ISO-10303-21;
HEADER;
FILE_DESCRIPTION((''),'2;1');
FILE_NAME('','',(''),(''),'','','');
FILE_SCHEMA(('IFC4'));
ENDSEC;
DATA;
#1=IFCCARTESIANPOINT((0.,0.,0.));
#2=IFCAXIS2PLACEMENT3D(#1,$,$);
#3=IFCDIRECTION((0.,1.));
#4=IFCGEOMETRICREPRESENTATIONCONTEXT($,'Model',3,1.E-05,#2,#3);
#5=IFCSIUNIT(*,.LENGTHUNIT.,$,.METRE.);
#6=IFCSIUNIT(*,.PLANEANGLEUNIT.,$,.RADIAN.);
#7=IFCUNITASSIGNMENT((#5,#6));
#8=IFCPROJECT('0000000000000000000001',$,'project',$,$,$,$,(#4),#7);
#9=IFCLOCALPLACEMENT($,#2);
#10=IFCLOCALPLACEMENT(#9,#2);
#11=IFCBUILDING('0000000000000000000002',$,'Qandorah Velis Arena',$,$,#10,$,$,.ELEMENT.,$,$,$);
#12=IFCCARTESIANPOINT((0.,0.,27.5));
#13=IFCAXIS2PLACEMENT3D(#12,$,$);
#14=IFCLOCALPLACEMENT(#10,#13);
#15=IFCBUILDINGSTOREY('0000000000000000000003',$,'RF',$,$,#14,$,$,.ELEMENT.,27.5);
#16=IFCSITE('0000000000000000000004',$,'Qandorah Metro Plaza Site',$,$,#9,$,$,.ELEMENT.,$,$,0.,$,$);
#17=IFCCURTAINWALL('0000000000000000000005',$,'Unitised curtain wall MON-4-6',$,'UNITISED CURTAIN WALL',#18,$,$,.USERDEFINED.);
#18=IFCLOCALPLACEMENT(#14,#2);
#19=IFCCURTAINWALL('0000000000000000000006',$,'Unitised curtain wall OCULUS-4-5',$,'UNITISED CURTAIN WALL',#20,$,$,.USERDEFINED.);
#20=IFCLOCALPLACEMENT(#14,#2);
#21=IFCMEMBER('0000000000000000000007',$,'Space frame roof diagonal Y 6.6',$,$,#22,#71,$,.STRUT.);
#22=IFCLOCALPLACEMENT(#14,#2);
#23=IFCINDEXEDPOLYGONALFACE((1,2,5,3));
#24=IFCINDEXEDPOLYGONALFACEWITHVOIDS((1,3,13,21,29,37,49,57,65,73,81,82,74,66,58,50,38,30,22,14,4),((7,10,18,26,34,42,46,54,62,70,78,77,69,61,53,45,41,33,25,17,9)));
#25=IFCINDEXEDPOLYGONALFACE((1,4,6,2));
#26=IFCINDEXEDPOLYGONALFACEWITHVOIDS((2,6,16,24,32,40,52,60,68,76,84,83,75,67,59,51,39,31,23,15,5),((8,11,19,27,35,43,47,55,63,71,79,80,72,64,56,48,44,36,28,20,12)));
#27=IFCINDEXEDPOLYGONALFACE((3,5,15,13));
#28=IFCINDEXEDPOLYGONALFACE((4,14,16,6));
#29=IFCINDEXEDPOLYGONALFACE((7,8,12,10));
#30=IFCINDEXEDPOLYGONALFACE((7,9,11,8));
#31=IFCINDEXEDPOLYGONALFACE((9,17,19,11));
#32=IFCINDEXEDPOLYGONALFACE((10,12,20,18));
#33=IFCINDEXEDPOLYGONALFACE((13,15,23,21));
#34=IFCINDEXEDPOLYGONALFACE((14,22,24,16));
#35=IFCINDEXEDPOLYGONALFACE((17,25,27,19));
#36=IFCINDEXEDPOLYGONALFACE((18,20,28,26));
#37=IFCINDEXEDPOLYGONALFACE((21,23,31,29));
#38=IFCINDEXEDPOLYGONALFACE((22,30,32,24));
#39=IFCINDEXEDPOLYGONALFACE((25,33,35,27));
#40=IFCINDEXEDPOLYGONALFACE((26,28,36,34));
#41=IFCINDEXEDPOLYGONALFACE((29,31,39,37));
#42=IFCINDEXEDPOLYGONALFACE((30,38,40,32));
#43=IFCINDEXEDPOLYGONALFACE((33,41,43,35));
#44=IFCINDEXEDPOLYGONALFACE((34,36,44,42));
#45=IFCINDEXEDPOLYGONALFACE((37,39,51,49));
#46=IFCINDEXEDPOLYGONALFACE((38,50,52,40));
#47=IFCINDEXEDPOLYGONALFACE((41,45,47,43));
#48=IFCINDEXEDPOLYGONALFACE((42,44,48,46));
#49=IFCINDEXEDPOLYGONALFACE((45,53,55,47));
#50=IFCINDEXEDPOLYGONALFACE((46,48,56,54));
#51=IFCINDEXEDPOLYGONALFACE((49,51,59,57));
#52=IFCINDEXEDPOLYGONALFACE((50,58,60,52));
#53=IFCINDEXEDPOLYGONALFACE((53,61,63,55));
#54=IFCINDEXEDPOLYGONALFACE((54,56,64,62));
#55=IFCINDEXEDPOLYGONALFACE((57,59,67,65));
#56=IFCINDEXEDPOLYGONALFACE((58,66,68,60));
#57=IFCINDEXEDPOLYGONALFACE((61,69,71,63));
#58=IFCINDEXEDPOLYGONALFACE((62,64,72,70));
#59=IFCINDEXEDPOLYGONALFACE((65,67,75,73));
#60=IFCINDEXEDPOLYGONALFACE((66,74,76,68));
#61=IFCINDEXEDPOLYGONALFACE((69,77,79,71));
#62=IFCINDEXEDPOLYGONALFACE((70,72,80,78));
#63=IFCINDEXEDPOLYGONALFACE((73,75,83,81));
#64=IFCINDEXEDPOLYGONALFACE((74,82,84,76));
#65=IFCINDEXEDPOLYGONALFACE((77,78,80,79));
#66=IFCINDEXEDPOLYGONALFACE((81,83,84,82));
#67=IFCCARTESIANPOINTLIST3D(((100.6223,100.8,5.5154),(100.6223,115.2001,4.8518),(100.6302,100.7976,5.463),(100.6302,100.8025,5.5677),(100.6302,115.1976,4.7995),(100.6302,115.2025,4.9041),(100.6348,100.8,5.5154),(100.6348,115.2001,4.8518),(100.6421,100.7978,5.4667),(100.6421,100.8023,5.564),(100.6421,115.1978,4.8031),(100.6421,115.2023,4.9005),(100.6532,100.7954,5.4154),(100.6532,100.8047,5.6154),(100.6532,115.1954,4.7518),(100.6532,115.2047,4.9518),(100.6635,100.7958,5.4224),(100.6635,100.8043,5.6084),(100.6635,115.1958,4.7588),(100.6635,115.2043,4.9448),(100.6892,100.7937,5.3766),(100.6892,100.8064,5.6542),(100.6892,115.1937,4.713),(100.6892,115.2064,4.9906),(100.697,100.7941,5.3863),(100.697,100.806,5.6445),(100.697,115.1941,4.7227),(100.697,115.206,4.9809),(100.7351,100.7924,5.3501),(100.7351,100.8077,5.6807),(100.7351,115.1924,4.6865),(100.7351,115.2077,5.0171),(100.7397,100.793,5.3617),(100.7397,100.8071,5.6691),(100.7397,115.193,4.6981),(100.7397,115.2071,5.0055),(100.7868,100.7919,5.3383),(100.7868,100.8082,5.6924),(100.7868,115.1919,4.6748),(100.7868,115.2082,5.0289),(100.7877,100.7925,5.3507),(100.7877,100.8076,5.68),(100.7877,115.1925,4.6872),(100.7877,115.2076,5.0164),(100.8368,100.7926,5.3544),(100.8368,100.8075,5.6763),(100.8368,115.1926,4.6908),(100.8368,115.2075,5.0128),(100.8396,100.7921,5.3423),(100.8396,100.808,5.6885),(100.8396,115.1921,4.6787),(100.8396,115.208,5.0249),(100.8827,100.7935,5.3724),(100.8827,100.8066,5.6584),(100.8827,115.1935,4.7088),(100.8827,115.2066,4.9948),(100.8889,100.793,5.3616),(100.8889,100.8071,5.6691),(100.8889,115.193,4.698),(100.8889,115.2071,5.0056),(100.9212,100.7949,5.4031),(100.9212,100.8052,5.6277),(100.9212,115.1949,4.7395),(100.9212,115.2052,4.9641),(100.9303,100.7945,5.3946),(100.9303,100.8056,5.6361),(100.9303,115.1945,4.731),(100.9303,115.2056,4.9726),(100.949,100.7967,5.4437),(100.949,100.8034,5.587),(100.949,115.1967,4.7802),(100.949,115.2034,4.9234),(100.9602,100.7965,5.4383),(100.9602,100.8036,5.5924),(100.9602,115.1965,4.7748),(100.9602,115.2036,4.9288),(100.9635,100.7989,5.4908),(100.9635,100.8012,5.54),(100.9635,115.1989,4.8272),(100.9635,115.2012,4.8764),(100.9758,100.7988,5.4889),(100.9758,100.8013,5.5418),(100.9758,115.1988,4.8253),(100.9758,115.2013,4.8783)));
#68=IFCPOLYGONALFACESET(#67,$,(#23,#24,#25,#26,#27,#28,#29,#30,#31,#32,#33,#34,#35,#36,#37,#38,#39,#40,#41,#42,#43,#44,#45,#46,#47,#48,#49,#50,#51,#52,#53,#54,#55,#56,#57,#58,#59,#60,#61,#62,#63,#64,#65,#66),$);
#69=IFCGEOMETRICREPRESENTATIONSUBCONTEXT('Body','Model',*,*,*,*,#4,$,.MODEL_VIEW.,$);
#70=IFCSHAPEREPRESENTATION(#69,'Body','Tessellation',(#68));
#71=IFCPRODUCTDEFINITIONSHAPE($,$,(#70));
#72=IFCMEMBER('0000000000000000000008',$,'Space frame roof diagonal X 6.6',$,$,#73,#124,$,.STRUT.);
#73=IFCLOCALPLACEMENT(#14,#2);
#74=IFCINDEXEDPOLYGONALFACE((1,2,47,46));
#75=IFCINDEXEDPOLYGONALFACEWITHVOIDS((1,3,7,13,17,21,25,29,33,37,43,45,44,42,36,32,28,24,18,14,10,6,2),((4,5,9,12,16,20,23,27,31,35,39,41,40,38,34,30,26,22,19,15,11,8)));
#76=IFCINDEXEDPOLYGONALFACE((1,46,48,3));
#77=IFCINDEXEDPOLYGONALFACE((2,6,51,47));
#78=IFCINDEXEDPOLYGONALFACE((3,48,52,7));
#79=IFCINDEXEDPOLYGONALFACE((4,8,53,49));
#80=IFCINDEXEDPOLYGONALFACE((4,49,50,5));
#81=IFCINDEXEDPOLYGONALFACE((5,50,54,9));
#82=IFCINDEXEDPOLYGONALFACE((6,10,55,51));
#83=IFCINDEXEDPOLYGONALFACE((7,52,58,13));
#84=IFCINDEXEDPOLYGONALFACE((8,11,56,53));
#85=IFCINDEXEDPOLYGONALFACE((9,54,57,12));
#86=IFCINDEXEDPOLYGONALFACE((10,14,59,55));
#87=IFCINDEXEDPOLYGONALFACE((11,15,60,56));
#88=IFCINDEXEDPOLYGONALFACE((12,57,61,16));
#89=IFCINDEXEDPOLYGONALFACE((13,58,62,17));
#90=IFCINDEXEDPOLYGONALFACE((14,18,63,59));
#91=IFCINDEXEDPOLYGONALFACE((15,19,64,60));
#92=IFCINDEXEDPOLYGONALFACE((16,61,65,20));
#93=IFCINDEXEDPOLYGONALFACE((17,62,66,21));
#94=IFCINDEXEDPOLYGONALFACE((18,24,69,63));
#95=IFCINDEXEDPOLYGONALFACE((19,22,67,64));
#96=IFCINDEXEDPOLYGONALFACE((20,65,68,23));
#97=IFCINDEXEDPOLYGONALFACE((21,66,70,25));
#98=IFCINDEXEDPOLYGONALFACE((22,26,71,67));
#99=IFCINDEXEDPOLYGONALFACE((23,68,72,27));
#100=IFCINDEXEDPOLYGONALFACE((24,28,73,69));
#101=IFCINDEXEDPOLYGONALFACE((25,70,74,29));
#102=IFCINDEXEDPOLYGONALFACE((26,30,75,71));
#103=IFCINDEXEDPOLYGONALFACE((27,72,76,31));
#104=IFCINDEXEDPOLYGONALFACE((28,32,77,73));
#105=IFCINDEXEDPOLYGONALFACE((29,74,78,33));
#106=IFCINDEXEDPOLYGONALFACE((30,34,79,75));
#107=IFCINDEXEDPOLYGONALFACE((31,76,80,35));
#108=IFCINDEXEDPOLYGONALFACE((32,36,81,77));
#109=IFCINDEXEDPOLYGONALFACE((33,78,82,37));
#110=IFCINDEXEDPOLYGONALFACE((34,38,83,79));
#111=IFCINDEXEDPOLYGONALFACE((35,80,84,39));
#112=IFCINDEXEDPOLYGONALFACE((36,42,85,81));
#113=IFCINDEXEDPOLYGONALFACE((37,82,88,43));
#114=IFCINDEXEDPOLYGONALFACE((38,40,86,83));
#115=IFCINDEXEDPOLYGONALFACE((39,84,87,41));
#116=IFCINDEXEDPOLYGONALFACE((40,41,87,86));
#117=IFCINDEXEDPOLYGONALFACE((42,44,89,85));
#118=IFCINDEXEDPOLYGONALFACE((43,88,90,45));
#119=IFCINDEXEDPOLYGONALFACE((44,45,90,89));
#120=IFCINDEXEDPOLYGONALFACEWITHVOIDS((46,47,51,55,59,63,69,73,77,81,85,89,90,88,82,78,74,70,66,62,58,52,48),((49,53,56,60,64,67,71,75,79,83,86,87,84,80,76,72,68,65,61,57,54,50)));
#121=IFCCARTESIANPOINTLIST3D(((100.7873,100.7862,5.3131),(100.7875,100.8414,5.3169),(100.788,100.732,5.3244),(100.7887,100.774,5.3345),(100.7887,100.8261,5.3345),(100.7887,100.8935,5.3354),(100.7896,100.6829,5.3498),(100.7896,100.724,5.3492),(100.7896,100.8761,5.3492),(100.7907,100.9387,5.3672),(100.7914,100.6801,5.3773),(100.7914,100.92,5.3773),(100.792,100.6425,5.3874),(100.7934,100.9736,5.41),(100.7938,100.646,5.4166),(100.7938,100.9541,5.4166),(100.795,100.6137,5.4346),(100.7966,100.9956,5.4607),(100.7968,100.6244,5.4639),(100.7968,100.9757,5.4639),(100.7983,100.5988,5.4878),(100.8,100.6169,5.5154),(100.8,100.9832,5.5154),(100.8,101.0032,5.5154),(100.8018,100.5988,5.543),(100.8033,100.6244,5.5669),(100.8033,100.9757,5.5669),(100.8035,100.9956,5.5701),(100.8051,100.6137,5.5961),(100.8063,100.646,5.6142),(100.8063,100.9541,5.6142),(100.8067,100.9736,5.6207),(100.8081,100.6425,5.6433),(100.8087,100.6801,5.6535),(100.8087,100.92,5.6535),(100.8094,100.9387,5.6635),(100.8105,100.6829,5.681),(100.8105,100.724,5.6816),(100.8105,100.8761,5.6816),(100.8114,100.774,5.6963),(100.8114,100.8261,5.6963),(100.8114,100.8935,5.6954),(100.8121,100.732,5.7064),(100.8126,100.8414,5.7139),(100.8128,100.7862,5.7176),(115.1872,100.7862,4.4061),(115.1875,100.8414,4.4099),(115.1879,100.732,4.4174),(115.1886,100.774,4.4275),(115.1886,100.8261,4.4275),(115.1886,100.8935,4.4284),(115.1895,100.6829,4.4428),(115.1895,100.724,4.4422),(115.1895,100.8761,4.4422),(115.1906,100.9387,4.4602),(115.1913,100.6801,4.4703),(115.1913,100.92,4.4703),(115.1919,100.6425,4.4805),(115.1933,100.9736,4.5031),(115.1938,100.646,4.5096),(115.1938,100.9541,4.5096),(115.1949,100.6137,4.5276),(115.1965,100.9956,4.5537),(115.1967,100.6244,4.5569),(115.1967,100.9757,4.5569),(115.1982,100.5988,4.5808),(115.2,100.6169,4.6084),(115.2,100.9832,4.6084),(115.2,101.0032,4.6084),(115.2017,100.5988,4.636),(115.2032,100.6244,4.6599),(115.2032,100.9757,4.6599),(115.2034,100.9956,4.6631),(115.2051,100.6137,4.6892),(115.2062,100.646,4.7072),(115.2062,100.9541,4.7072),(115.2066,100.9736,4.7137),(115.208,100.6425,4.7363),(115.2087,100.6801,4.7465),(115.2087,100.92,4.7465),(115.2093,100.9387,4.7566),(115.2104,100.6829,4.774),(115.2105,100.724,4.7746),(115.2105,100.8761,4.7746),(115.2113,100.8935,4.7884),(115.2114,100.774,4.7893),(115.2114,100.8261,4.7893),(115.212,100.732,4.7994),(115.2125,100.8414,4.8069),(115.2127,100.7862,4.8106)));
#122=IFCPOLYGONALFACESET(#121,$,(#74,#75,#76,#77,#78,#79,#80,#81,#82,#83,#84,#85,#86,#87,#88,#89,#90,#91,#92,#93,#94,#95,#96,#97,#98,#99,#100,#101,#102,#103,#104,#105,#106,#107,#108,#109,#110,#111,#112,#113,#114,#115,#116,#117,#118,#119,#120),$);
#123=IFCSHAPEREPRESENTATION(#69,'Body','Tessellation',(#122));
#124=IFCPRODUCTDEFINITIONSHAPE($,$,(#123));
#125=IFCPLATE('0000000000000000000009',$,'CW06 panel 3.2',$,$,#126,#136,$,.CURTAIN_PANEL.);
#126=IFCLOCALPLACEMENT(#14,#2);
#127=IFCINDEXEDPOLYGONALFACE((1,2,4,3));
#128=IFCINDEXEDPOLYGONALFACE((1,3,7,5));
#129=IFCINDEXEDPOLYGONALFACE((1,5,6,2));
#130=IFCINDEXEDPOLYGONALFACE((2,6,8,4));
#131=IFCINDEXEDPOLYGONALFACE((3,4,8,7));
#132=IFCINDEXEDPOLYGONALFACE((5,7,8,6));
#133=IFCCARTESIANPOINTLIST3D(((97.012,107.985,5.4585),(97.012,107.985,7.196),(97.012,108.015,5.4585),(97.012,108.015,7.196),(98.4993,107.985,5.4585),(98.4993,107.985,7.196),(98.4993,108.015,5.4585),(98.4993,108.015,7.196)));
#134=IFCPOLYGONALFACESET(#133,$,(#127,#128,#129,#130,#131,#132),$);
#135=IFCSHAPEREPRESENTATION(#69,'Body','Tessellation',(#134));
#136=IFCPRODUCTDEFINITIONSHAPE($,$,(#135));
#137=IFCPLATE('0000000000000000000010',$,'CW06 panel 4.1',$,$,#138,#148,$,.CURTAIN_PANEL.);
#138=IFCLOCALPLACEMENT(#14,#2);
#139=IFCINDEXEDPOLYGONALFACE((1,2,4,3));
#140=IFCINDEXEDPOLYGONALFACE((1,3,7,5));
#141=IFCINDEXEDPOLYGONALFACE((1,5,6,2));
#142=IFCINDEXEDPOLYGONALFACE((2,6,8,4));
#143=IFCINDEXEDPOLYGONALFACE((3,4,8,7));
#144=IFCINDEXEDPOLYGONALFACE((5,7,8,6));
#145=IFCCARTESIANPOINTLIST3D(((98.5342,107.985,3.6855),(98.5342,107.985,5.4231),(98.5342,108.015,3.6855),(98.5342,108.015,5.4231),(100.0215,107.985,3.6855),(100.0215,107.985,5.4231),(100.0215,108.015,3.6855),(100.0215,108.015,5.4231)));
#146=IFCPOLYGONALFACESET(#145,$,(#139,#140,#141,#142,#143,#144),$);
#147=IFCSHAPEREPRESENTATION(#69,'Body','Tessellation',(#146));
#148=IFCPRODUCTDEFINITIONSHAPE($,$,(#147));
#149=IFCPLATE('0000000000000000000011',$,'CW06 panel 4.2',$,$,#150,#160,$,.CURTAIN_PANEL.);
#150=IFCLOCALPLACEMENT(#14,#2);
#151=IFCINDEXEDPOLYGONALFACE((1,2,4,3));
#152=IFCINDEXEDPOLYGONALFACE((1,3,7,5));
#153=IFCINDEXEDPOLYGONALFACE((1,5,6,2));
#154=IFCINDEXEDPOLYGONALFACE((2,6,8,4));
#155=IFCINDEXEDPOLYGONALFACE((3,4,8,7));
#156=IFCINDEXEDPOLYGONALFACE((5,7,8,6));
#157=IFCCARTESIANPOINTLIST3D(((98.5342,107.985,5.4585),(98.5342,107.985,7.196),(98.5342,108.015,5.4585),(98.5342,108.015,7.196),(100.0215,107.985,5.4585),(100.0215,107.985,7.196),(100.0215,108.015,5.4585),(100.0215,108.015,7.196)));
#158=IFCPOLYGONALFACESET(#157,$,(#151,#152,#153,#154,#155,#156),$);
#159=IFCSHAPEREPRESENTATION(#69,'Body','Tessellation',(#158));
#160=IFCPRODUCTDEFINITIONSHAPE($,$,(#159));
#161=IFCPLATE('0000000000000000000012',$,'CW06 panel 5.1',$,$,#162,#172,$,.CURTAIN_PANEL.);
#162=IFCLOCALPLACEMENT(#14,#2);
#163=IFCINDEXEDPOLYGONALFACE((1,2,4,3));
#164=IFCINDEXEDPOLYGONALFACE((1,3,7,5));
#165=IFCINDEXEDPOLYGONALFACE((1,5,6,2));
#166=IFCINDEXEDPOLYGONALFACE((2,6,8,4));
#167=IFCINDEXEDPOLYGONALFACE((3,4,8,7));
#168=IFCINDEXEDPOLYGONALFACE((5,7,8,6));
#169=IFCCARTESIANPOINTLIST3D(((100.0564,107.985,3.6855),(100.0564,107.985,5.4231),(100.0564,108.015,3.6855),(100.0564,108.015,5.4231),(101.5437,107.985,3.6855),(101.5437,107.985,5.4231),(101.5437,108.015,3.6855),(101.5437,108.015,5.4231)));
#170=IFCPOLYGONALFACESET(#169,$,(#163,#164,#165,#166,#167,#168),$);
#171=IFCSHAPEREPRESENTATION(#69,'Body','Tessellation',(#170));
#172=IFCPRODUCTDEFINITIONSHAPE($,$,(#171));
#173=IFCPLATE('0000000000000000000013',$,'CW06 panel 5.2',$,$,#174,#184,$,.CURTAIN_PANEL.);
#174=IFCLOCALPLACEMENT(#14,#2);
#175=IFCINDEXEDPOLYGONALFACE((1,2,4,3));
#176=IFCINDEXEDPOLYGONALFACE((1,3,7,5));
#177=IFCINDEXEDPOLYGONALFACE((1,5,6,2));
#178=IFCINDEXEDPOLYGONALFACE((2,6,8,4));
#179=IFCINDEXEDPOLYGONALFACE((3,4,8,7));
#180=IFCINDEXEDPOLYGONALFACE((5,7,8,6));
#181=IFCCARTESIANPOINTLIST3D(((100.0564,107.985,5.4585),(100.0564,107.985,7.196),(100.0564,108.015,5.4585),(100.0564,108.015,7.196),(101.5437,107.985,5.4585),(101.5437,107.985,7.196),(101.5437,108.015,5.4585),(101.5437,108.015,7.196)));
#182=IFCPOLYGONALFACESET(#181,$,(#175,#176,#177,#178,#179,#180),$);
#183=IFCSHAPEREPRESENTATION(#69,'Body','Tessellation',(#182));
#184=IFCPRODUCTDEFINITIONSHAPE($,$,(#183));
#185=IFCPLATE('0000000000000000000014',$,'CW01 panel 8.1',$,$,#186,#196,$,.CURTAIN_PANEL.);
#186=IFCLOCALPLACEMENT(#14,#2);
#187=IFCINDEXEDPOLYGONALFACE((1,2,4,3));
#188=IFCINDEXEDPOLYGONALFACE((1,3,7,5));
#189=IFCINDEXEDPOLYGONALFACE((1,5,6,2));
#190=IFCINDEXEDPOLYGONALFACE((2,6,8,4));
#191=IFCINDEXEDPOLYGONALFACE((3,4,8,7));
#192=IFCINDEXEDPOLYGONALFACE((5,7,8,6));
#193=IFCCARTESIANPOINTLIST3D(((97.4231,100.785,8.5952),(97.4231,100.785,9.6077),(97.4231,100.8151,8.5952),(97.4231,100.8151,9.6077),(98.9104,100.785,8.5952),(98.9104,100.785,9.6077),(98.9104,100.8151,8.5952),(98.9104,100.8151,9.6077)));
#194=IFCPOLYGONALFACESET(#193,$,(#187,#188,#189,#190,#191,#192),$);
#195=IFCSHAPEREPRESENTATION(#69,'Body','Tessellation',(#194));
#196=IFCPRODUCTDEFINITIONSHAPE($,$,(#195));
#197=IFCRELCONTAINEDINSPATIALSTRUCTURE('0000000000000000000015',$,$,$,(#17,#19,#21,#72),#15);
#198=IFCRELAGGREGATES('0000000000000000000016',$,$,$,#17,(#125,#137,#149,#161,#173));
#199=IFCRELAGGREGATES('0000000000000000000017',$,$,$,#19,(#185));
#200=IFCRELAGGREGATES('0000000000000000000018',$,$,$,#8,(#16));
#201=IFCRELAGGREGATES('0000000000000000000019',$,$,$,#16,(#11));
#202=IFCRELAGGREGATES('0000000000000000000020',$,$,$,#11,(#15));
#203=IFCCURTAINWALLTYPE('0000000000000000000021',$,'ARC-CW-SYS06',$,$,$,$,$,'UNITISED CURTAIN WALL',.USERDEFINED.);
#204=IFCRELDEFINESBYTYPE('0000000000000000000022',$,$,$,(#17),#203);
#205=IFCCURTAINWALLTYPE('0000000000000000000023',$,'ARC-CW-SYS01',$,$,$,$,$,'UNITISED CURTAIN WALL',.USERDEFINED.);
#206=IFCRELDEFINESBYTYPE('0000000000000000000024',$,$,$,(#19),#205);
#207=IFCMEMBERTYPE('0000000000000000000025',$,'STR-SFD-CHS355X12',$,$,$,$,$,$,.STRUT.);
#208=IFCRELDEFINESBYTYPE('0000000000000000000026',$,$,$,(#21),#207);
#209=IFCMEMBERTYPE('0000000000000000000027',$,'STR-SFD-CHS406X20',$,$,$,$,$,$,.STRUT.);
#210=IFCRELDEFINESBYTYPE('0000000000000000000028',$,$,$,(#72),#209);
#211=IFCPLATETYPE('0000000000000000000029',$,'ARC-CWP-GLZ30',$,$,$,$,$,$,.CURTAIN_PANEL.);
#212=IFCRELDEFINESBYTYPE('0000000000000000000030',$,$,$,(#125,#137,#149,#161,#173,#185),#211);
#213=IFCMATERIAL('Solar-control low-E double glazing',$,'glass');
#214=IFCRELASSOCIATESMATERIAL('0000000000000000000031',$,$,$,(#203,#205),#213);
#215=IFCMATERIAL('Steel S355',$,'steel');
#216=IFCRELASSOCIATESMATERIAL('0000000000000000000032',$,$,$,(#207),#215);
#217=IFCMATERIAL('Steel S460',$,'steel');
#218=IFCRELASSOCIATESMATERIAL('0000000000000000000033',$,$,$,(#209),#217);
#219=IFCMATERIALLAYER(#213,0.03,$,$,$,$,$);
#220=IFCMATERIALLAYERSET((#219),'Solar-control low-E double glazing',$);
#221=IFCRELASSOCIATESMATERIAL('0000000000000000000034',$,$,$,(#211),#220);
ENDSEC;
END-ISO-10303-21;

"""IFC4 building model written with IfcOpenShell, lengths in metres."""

from ifc_helpers import new_model, si_unit, direction, frame, origin, origin_2d, place, context, subcontext, project, spatial, rectangle, hollow_circle, extrude, material, layer, layer_set, material_profile, profile_set, type_object, element, aggregate, save


model = new_model("IFC4")

# Units and contexts
model_context = context("Model", 3, precision=1e-05, world=origin(), true_north=direction((0.0, 1.0)))
body_context = subcontext(model_context, "Body", "Model", "MODEL_VIEW")
ifc_project = project(units=[si_unit("LENGTHUNIT", "METRE"), si_unit("PLANEANGLEUNIT", "RADIAN")], contexts=[model_context])

# Site, building, storey
site_placement = place(None, origin())
site = spatial("IfcSite", under=ifc_project, at=site_placement, Name="Qandorah Metro Plaza Site", CompositionType="ELEMENT", RefElevation=0.0)
building_placement = place(site_placement, origin())
building = spatial("IfcBuilding", under=site, at=building_placement, Name="Qandorah Velis Arena", CompositionType="ELEMENT")
storey_placement = place(building_placement, frame((0.0, 0.0, 27.5)))
storey = spatial("IfcBuildingStorey", under=building, at=storey_placement, Name="RF", CompositionType="ELEMENT", Elevation=27.5)

# Curtain walls
ifc_material_1 = material(Name="Solar-control low-E double glazing", Category="glass")
curtain_wall_type_1 = type_object("IfcCurtainWallType", Name="ARC-CW-SYS06", ElementType="UNITISED CURTAIN WALL", PredefinedType="USERDEFINED", material=ifc_material_1)
curtain_wall_1_placement = place(storey_placement, origin())
curtain_wall_1 = element("IfcCurtainWall", 1, at=curtain_wall_1_placement, inside=storey, type_object=curtain_wall_type_1, Name="Unitised curtain wall MON-4-6", ObjectType="UNITISED CURTAIN WALL", PredefinedType="USERDEFINED")
curtain_wall_type_2 = type_object("IfcCurtainWallType", Name="ARC-CW-SYS01", ElementType="UNITISED CURTAIN WALL", PredefinedType="USERDEFINED", material=ifc_material_1)
curtain_wall_2_placement = place(storey_placement, origin())
curtain_wall_2 = element("IfcCurtainWall", 2, at=curtain_wall_2_placement, inside=storey, type_object=curtain_wall_type_2, Name="Unitised curtain wall OCULUS-4-5", ObjectType="UNITISED CURTAIN WALL", PredefinedType="USERDEFINED")

# Shared definitions
ifc_material_2 = material(Name="Steel S355", Category="steel")

# Members
ifc_material_profile_1 = material_profile(ifc_material_2, hollow_circle(Radius=0.1777, WallThickness=0.0125, at=origin_2d()), Name="CHS 355.6x12.5")
ifc_profile_set_1 = profile_set([ifc_material_profile_1], Name="Steel S355")
member_type_1 = type_object("IfcMemberType", Name="STR-SFD-CHS355X12", PredefinedType="STRUT", material=ifc_profile_set_1)
member_1_placement = place(storey_placement, frame((100.8, 100.8, 5.5154), z_axis=(0.0, 0.99894, -0.046033), x_axis=(-1.0, 0.0, 0.0)))
element("IfcMember", 3, at=member_1_placement, inside=storey, type_object=member_type_1, Name="Space frame roof diagonal Y 6.6", PredefinedType="STRUT", context=body_context, shape_type="SweptSolid", body=[
    extrude(hollow_circle(Radius=0.1777, WallThickness=0.0125, at=origin_2d()), origin(), (0.0, 0.0, 1.0), 14.4153),
])
ifc_material_3 = material(Name="Steel S460", Category="steel")
ifc_material_profile_2 = material_profile(ifc_material_3, hollow_circle(Radius=0.2031, WallThickness=0.02, at=origin_2d()), Name="CHS 406.4x20")
ifc_profile_set_2 = profile_set([ifc_material_profile_2], Name="Steel S460")
member_type_2 = type_object("IfcMemberType", Name="STR-SFD-CHS406X20", PredefinedType="STRUT", material=ifc_profile_set_2)
member_2_placement = place(storey_placement, frame((100.8, 100.8, 5.5154), z_axis=(0.998022, 0.0, -0.062861), x_axis=(0.0, 1.0, 0.0)))
element("IfcMember", 4, at=member_2_placement, inside=storey, type_object=member_type_2, Name="Space frame roof diagonal X 6.6", PredefinedType="STRUT", context=body_context, shape_type="SweptSolid", body=[
    extrude(hollow_circle(Radius=0.2031, WallThickness=0.02, at=origin_2d()), origin(), (0.0, 0.0, 1.0), 14.4285),
])

# Plates
ifc_layer_1 = layer(ifc_material_1, 0.03)
ifc_layer_set_1 = layer_set([ifc_layer_1], Name="Solar-control low-E double glazing")
plate_type_1 = type_object("IfcPlateType", Name="ARC-CWP-GLZ30", PredefinedType="CURTAIN_PANEL", material=ifc_layer_set_1)
plate_1_placement = place(storey_placement, frame((97.7556, 108.0, 5.4585), z_axis=(0.0, 0.0, 1.0), x_axis=(1.0, 0.0, 0.0)))
plate_1 = element("IfcPlate", 5, at=plate_1_placement, type_object=plate_type_1, Name="CW06 panel 3.2", PredefinedType="CURTAIN_PANEL", context=body_context, shape_type="SweptSolid", body=[
    extrude(rectangle(XDim=1.4873, YDim=0.03, at=origin_2d()), origin(), (0.0, 0.0, 1.0), 1.7375),
])
plate_2_placement = place(storey_placement, frame((99.2778, 108.0, 3.6855), z_axis=(0.0, 0.0, 1.0), x_axis=(1.0, 0.0, 0.0)))
plate_2 = element("IfcPlate", 6, at=plate_2_placement, type_object=plate_type_1, Name="CW06 panel 4.1", PredefinedType="CURTAIN_PANEL", context=body_context, shape_type="SweptSolid", body=[
    extrude(rectangle(XDim=1.4873, YDim=0.03, at=origin_2d()), origin(), (0.0, 0.0, 1.0), 1.7375),
])
plate_3_placement = place(storey_placement, frame((99.2778, 108.0, 5.4585), z_axis=(0.0, 0.0, 1.0), x_axis=(1.0, 0.0, 0.0)))
plate_3 = element("IfcPlate", 7, at=plate_3_placement, type_object=plate_type_1, Name="CW06 panel 4.2", PredefinedType="CURTAIN_PANEL", context=body_context, shape_type="SweptSolid", body=[
    extrude(rectangle(XDim=1.4873, YDim=0.03, at=origin_2d()), origin(), (0.0, 0.0, 1.0), 1.7375),
])
plate_4_placement = place(storey_placement, frame((100.8, 108.0, 3.6855), z_axis=(0.0, 0.0, 1.0), x_axis=(1.0, 0.0, 0.0)))
plate_4 = element("IfcPlate", 8, at=plate_4_placement, type_object=plate_type_1, Name="CW06 panel 5.1", PredefinedType="CURTAIN_PANEL", context=body_context, shape_type="SweptSolid", body=[
    extrude(rectangle(XDim=1.4873, YDim=0.03, at=origin_2d()), origin(), (0.0, 0.0, 1.0), 1.7375),
])
plate_5_placement = place(storey_placement, frame((100.8, 108.0, 5.4585), z_axis=(0.0, 0.0, 1.0), x_axis=(1.0, 0.0, 0.0)))
plate_5 = element("IfcPlate", 9, at=plate_5_placement, type_object=plate_type_1, Name="CW06 panel 5.2", PredefinedType="CURTAIN_PANEL", context=body_context, shape_type="SweptSolid", body=[
    extrude(rectangle(XDim=1.4873, YDim=0.03, at=origin_2d()), origin(), (0.0, 0.0, 1.0), 1.7375),
])
aggregate(curtain_wall_1, [plate_1, plate_2, plate_3, plate_4, plate_5])
plate_6_placement = place(storey_placement, frame((98.1667, 100.8, 8.5952), z_axis=(0.0, 0.0, 1.0), x_axis=(1.0, 0.0, 0.0)))
plate_6 = element("IfcPlate", 10, at=plate_6_placement, type_object=plate_type_1, Name="CW01 panel 8.1", PredefinedType="CURTAIN_PANEL", context=body_context, shape_type="SweptSolid", body=[
    extrude(rectangle(XDim=1.4873, YDim=0.03, at=origin_2d()), origin(), (0.0, 0.0, 1.0), 1.0125),
])
aggregate(curtain_wall_2, [plate_6])

save(model, "model.ifc")
